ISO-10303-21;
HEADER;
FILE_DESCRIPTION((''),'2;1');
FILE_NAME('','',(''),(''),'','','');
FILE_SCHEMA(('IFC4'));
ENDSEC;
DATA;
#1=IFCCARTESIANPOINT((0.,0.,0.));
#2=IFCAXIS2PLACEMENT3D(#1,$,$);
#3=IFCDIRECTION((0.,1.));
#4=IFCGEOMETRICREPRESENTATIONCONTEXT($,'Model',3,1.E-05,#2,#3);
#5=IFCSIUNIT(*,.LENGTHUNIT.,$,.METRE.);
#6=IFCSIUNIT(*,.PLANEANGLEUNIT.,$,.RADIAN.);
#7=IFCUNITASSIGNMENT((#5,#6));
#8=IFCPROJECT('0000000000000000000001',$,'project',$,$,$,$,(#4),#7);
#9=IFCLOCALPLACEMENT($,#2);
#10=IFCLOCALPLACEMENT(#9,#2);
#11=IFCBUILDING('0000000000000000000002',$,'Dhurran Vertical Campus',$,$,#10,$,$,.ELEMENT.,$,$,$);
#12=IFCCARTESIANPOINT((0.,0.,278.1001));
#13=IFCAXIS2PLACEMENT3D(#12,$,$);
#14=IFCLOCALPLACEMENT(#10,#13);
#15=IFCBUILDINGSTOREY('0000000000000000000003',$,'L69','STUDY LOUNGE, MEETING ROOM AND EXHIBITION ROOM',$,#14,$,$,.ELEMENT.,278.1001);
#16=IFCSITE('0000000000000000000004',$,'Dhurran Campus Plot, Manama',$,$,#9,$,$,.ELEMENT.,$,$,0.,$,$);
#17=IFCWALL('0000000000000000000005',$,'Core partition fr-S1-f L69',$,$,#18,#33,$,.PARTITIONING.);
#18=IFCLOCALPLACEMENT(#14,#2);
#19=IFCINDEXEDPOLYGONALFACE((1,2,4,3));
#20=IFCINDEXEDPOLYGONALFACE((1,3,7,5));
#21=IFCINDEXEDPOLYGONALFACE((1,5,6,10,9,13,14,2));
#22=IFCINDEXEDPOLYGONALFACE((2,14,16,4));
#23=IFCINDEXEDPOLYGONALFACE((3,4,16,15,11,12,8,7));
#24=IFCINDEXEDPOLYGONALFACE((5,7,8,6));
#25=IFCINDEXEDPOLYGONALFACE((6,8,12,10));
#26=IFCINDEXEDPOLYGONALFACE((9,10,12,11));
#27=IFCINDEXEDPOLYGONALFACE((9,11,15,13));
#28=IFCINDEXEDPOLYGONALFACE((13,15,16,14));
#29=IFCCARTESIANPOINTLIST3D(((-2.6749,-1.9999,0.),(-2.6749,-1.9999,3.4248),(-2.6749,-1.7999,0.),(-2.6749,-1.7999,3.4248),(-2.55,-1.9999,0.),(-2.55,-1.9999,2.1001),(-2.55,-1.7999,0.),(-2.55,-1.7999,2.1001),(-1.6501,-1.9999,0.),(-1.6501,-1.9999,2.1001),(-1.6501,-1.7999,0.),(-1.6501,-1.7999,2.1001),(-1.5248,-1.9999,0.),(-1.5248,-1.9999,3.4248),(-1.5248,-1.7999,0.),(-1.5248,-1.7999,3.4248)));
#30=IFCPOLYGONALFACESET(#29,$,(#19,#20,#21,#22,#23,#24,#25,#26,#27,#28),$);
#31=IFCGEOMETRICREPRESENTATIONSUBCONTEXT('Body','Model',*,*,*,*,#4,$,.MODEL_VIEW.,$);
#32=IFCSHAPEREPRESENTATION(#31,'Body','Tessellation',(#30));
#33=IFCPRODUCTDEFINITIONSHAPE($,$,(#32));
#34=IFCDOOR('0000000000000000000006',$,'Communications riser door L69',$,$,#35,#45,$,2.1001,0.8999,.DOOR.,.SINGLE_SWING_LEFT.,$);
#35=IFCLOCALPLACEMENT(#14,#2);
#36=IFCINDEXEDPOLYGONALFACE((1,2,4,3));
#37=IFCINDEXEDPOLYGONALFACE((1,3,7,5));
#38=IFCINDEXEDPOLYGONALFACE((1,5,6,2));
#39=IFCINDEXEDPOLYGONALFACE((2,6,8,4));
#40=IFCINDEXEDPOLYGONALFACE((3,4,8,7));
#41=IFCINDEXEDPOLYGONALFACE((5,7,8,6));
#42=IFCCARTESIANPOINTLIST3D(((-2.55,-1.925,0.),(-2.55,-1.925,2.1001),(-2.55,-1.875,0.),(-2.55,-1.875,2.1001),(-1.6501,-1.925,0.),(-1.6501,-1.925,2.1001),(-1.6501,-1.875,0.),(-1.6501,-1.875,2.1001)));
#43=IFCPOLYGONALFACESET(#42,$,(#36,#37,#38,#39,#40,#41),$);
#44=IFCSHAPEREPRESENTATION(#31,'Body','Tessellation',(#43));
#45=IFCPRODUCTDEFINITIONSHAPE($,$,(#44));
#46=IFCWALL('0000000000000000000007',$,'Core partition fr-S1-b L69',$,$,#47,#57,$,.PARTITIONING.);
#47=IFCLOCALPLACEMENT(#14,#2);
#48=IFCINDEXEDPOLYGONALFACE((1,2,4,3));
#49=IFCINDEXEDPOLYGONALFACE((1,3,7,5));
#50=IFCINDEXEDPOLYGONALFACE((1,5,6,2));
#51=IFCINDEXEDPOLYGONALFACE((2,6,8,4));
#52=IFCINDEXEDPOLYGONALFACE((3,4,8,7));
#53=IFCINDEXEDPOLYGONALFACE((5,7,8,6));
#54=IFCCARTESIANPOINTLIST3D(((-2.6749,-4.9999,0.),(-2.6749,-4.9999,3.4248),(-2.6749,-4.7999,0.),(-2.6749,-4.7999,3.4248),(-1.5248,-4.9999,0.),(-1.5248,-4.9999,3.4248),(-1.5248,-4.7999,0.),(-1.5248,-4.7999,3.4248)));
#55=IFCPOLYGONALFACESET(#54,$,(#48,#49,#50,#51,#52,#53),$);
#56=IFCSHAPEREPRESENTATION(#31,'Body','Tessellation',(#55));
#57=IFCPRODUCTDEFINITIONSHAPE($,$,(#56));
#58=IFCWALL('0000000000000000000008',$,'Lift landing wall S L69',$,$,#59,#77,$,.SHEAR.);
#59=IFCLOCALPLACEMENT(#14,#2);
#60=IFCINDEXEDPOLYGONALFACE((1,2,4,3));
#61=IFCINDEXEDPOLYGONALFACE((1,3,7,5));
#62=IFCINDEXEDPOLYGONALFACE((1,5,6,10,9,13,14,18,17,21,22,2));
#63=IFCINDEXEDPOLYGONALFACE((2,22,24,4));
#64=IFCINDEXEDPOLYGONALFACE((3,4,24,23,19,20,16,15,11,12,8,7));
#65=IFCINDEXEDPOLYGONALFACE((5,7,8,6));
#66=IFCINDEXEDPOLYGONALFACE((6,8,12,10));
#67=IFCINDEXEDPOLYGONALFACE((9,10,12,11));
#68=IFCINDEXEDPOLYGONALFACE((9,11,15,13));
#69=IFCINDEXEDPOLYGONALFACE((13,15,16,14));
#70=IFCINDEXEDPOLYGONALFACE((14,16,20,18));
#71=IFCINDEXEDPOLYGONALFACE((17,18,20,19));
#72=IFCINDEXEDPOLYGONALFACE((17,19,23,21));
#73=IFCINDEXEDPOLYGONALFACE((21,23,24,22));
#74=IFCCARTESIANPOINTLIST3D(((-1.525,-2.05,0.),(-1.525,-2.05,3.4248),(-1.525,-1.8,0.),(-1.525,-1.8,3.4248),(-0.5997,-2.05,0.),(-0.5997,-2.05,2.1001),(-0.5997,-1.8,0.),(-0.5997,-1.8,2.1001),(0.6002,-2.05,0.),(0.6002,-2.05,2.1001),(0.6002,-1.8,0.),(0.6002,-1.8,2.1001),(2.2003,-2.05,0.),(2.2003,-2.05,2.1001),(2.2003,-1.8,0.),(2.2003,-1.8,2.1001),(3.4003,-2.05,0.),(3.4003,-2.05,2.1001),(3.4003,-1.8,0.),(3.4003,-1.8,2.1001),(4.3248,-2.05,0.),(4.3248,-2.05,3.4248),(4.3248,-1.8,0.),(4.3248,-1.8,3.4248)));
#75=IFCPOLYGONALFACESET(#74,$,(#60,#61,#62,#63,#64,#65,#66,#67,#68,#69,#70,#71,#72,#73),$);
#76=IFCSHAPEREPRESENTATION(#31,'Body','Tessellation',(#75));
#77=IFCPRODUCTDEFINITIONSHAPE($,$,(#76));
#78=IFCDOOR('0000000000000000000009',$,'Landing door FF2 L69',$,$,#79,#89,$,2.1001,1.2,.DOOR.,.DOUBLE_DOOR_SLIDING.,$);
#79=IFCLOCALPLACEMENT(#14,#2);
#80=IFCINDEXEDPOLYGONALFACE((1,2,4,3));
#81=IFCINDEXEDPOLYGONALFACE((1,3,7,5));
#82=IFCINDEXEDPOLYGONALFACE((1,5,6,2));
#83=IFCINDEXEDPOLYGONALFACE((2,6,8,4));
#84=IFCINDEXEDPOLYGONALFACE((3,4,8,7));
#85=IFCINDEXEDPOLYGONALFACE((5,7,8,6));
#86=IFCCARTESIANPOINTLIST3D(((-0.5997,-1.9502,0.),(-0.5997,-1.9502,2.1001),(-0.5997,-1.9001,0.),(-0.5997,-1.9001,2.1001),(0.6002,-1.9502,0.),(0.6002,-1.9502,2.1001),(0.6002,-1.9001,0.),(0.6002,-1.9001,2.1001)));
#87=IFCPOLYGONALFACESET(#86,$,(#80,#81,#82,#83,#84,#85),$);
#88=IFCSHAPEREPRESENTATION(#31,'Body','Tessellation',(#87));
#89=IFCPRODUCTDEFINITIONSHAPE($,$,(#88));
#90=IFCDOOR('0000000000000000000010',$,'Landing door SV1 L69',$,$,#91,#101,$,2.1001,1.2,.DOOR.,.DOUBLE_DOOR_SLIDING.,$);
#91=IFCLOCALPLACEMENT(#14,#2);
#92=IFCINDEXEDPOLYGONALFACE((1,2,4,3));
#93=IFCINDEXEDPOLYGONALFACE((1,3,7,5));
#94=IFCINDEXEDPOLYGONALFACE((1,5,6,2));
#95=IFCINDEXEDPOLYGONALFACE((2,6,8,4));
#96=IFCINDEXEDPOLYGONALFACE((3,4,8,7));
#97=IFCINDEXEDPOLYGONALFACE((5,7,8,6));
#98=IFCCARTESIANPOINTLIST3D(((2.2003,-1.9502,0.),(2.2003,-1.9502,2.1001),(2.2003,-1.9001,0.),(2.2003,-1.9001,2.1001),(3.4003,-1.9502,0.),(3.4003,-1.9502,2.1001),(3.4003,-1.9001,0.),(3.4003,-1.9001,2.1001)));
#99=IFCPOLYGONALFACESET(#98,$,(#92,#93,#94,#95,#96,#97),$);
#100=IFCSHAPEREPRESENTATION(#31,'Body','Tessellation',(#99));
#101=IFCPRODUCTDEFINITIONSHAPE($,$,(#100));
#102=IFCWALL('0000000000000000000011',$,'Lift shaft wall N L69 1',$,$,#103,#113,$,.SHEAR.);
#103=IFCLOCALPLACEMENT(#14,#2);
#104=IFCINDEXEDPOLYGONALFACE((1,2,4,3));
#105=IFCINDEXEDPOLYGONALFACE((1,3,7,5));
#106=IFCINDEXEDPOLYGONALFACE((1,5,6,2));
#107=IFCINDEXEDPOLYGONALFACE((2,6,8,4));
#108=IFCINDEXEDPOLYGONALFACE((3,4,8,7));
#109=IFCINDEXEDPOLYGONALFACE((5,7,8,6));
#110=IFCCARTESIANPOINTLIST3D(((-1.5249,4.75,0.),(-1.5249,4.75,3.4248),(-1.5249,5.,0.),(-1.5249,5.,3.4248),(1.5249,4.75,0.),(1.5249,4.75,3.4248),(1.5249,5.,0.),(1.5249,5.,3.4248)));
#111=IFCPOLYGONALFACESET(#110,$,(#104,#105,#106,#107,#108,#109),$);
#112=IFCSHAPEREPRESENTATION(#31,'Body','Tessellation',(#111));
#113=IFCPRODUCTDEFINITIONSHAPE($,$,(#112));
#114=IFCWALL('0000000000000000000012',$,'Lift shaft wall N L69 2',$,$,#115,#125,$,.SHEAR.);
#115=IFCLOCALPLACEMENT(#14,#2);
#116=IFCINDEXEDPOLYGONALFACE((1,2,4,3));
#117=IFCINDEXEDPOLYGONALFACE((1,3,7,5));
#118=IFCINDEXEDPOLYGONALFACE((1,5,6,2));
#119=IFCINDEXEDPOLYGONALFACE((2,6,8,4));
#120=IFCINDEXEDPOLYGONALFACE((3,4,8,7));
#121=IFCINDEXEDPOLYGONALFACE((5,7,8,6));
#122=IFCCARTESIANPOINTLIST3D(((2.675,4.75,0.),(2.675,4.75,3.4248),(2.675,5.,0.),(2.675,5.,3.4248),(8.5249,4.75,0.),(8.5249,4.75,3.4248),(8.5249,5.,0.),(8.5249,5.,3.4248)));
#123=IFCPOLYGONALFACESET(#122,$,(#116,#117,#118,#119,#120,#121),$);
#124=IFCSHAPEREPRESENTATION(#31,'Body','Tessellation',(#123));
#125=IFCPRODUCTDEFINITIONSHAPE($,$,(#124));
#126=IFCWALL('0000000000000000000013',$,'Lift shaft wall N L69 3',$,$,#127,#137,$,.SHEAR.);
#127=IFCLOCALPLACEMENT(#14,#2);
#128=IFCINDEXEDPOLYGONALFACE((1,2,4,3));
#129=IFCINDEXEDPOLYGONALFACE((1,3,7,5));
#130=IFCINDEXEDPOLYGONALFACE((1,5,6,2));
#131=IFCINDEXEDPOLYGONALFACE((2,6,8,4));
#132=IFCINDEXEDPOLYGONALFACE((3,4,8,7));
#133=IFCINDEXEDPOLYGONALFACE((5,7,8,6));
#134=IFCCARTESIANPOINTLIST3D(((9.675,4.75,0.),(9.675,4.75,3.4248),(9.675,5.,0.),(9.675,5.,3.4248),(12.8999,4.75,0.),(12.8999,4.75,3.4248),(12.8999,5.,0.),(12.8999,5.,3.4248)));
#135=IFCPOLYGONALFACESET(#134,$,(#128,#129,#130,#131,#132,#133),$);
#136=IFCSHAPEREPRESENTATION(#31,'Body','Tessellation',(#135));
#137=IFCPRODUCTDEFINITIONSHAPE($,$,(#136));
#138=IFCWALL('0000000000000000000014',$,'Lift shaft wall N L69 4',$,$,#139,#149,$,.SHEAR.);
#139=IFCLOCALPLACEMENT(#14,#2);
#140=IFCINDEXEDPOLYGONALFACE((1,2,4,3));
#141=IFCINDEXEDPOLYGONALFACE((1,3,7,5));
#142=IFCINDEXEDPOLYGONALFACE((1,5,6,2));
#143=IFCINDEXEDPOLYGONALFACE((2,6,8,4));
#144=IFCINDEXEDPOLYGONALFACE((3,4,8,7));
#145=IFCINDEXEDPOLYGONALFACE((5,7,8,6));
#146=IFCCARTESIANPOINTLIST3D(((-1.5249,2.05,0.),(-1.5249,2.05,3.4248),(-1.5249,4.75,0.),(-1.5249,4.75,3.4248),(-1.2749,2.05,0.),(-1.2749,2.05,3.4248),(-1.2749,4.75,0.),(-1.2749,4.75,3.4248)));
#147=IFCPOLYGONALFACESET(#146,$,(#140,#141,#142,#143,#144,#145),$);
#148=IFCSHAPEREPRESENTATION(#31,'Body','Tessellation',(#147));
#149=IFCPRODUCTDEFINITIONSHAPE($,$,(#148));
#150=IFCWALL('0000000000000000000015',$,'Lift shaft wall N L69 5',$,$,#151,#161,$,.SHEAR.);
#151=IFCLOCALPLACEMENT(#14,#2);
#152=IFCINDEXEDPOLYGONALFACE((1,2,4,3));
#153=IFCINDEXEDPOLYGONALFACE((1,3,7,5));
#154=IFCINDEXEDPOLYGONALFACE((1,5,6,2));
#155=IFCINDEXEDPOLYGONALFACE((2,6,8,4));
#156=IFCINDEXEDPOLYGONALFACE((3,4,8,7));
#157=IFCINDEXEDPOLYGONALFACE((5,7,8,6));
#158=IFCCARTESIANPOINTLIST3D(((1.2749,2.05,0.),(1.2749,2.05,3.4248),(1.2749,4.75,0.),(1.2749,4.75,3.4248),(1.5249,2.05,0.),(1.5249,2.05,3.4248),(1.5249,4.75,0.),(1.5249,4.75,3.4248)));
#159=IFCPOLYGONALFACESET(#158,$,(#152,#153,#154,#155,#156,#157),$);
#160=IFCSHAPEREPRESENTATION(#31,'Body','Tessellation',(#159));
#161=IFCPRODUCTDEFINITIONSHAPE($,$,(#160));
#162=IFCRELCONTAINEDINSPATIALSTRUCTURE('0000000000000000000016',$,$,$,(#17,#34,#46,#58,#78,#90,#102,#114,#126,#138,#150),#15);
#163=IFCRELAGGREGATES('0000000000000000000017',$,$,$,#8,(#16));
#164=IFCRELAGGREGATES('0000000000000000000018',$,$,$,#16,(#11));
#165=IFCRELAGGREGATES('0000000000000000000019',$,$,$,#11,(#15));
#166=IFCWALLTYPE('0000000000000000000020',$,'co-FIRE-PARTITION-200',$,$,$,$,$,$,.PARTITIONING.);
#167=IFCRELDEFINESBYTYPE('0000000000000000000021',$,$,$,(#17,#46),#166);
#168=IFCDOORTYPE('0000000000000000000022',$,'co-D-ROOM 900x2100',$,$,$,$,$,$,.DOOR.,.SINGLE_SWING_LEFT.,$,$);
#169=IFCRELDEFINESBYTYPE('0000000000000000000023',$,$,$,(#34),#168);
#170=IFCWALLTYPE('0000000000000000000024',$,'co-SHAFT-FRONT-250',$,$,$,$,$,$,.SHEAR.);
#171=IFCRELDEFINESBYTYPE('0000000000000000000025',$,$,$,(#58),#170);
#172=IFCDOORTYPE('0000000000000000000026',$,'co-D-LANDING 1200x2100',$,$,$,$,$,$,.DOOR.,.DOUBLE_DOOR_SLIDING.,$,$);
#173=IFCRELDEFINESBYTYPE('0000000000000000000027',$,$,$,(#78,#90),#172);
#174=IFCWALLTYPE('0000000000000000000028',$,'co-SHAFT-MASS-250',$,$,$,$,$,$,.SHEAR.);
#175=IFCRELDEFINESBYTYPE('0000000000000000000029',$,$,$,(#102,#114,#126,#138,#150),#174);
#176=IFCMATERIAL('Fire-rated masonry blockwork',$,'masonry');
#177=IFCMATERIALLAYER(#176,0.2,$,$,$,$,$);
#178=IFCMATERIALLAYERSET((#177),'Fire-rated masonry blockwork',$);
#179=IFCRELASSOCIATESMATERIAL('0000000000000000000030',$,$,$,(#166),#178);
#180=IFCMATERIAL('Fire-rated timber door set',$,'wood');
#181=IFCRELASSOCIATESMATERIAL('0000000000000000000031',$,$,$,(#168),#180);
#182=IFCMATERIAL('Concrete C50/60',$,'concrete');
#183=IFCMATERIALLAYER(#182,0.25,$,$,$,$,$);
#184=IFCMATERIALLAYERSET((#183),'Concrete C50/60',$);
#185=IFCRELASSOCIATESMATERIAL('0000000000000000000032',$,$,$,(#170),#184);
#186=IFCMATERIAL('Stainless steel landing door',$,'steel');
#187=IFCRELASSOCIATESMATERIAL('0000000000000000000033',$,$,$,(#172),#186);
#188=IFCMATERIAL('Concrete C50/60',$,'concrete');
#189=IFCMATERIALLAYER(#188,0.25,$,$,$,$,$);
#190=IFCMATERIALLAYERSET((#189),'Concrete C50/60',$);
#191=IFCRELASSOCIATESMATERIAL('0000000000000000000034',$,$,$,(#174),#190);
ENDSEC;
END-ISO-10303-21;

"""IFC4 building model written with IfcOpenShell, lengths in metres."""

from ifc_helpers import new_model, si_unit, direction, frame, frame_2d, origin, place, context, subcontext, project, spatial, polyline, rectangle, outline, extrude, material, layer, layer_set, type_object, element, fill, save


model = new_model("IFC4")

# Units and contexts
model_context = context("Model", 3, precision=1e-05, world=origin(), true_north=direction((0.0, 1.0)))
body_context = subcontext(model_context, "Body", "Model", "MODEL_VIEW")
ifc_project = project(units=[si_unit("LENGTHUNIT", "METRE"), si_unit("PLANEANGLEUNIT", "RADIAN")], contexts=[model_context])

# Site, building, storey
site_placement = place(None, origin())
site = spatial("IfcSite", under=ifc_project, at=site_placement, Name="Dhurran Campus Plot, Manama", CompositionType="ELEMENT", RefElevation=0.0)
building_placement = place(site_placement, origin())
building = spatial("IfcBuilding", under=site, at=building_placement, Name="Dhurran Vertical Campus", CompositionType="ELEMENT")
storey_placement = place(building_placement, frame((0.0, 0.0, 278.1001)))
storey = spatial("IfcBuildingStorey", under=building, at=storey_placement, Name="L69", Description="STUDY LOUNGE, MEETING ROOM AND EXHIBITION ROOM", CompositionType="ELEMENT", Elevation=278.1001)

# Shared definitions
ifc_material_1 = material(Name="Fire-rated masonry blockwork", Category="masonry")
ifc_layer_1 = layer(ifc_material_1, 0.2)
ifc_layer_set_1 = layer_set([ifc_layer_1], Name="Fire-rated masonry blockwork")
wall_type_1 = type_object("IfcWallType", Name="co-FIRE-PARTITION-200", PredefinedType="PARTITIONING", material=ifc_layer_set_1)

# Wall, opening, door
wall_1_placement = place(storey_placement, frame((-2.675, -1.8999, 0.0), z_axis=(0.0, 0.0, 1.0), x_axis=(1.0, 0.0, 0.0)))
wall_1 = element("IfcWall", 1, at=wall_1_placement, inside=storey, type_object=wall_type_1, Name="Core partition fr-S1-f L69", PredefinedType="PARTITIONING", context=body_context, shape_type="SweptSolid", body=[
    extrude(rectangle(XDim=1.1501, YDim=0.2, at=frame_2d((0.5752, 0.0))), origin(), (0.0, 0.0, 1.0), 3.4248),
])
opening_1_placement = place(wall_1_placement, frame((0.125, 0.0, 0.0)))
opening_1 = element("IfcOpeningElement", 2, at=opening_1_placement, cuts=wall_1, PredefinedType="OPENING", context=body_context, shape_type="SweptSolid", body=[
    extrude(rectangle(XDim=0.8999, YDim=2.1001, at=frame_2d((0.45, 1.05))), frame((0.0, 0.1099, 0.0), z_axis=(0.0, -1.0, 0.0), x_axis=(1.0, 0.0, 0.0)), (0.0, 0.0, 1.0), 0.22),
])
ifc_material_2 = material(Name="Fire-rated timber door set", Category="wood")
door_type_1 = type_object("IfcDoorType", Name="co-D-ROOM 900x2100", OperationType="SINGLE_SWING_LEFT", PredefinedType="DOOR", material=ifc_material_2)
door_1_placement = place(opening_1_placement, origin())
door_1 = element("IfcDoor", 3, at=door_1_placement, inside=storey, type_object=door_type_1, Name="Communications riser door L69", OperationType="SINGLE_SWING_LEFT", OverallHeight=2.1001, OverallWidth=0.8999, PredefinedType="DOOR", context=body_context, shape_type="SweptSolid", body=[
    extrude(rectangle(XDim=0.8999, YDim=2.1001, at=frame_2d((0.45, 1.05))), frame((0.0, 0.0249, 0.0), z_axis=(0.0, -1.0, 0.0), x_axis=(1.0, 0.0, 0.0)), (0.0, 0.0, 1.0), 0.05),
])
fill(opening_1, door_1)

# Wall
wall_2_placement = place(storey_placement, frame((-2.675, -4.8999, 0.0), z_axis=(0.0, 0.0, 1.0), x_axis=(1.0, 0.0, 0.0)))
element("IfcWall", 4, at=wall_2_placement, inside=storey, type_object=wall_type_1, Name="Core partition fr-S1-b L69", PredefinedType="PARTITIONING", context=body_context, shape_type="SweptSolid", body=[
    extrude(rectangle(XDim=1.1501, YDim=0.2, at=frame_2d((0.5752, 0.0))), origin(), (0.0, 0.0, 1.0), 3.4248),
])

# Wall, openings, doors
ifc_material_3 = material(Name="Concrete C50/60", Category="concrete")
ifc_layer_2 = layer(ifc_material_3, 0.25)
ifc_layer_set_2 = layer_set([ifc_layer_2], Name="Concrete C50/60")
wall_type_2 = type_object("IfcWallType", Name="co-SHAFT-FRONT-250", PredefinedType="SHEAR", material=ifc_layer_set_2)
wall_3_placement = place(storey_placement, frame((-1.5249, -1.925, 0.0), z_axis=(0.0, 0.0, 1.0), x_axis=(1.0, 0.0, 0.0)))
wall_3 = element("IfcWall", 5, at=wall_3_placement, inside=storey, type_object=wall_type_2, Name="Lift landing wall S L69", PredefinedType="SHEAR", context=body_context, shape_type="SweptSolid", body=[
    extrude(rectangle(XDim=5.8499, YDim=0.25, at=frame_2d((2.9248, 0.0))), origin(), (0.0, 0.0, 1.0), 3.4248),
])
opening_2_placement = place(wall_3_placement, frame((0.925, 0.0, 0.0)))
opening_2 = element("IfcOpeningElement", 6, at=opening_2_placement, cuts=wall_3, PredefinedType="OPENING", context=body_context, shape_type="SweptSolid", body=[
    extrude(rectangle(XDim=1.2, YDim=2.1001, at=frame_2d((0.6001, 1.05))), frame((0.0, 0.135, 0.0), z_axis=(0.0, -1.0, 0.0), x_axis=(1.0, 0.0, 0.0)), (0.0, 0.0, 1.0), 0.27),
])
opening_3_placement = place(wall_3_placement, frame((3.7251, 0.0, 0.0)))
opening_3 = element("IfcOpeningElement", 7, at=opening_3_placement, cuts=wall_3, PredefinedType="OPENING", context=body_context, shape_type="SweptSolid", body=[
    extrude(rectangle(XDim=1.2, YDim=2.1001, at=frame_2d((0.6001, 1.05))), frame((0.0, 0.135, 0.0), z_axis=(0.0, -1.0, 0.0), x_axis=(1.0, 0.0, 0.0)), (0.0, 0.0, 1.0), 0.27),
])
ifc_material_4 = material(Name="Stainless steel landing door", Category="steel")
door_type_2 = type_object("IfcDoorType", Name="co-D-LANDING 1200x2100", OperationType="DOUBLE_DOOR_SLIDING", PredefinedType="DOOR", material=ifc_material_4)
door_2_placement = place(opening_2_placement, origin())
door_2 = element("IfcDoor", 8, at=door_2_placement, inside=storey, type_object=door_type_2, Name="Landing door FF2 L69", OperationType="DOUBLE_DOOR_SLIDING", OverallHeight=2.1001, OverallWidth=1.2, PredefinedType="DOOR", context=body_context, shape_type="SweptSolid", body=[
    extrude(rectangle(XDim=1.2, YDim=2.1001, at=frame_2d((0.6001, 1.05))), frame((0.0, 0.0249, 0.0), z_axis=(0.0, -1.0, 0.0), x_axis=(1.0, 0.0, 0.0)), (0.0, 0.0, 1.0), 0.05),
])
fill(opening_2, door_2)
door_3_placement = place(opening_3_placement, origin())
door_3 = element("IfcDoor", 9, at=door_3_placement, inside=storey, type_object=door_type_2, Name="Landing door SV1 L69", OperationType="DOUBLE_DOOR_SLIDING", OverallHeight=2.1001, OverallWidth=1.2, PredefinedType="DOOR", context=body_context, shape_type="SweptSolid", body=[
    extrude(rectangle(XDim=1.2, YDim=2.1001, at=frame_2d((0.6001, 1.05))), frame((0.0, 0.0249, 0.0), z_axis=(0.0, -1.0, 0.0), x_axis=(1.0, 0.0, 0.0)), (0.0, 0.0, 1.0), 0.05),
])
fill(opening_3, door_3)

# Walls
ifc_material_5 = material(Name="Concrete C50/60", Category="concrete")
ifc_layer_3 = layer(ifc_material_5, 0.25)
ifc_layer_set_3 = layer_set([ifc_layer_3], Name="Concrete C50/60")
wall_type_3 = type_object("IfcWallType", Name="co-SHAFT-MASS-250", PredefinedType="SHEAR", material=ifc_layer_set_3)
wall_4_placement = place(storey_placement, origin())
element("IfcWall", 10, at=wall_4_placement, inside=storey, type_object=wall_type_3, Name="Lift shaft wall N L69 1", PredefinedType="SHEAR", context=body_context, shape_type="SweptSolid", body=[
    extrude(outline(polyline([(-1.5249, 4.75), (1.5249, 4.75), (1.5249, 5.0), (-1.5249, 5.0), (-1.5249, 4.75)])), origin(), (0.0, 0.0, 1.0), 3.4248),
])
wall_5_placement = place(storey_placement, origin())
element("IfcWall", 11, at=wall_5_placement, inside=storey, type_object=wall_type_3, Name="Lift shaft wall N L69 2", PredefinedType="SHEAR", context=body_context, shape_type="SweptSolid", body=[
    extrude(outline(polyline([(2.675, 4.75), (8.5249, 4.75), (8.5249, 5.0), (2.675, 5.0), (2.675, 4.75)])), origin(), (0.0, 0.0, 1.0), 3.4248),
])
wall_6_placement = place(storey_placement, origin())
element("IfcWall", 12, at=wall_6_placement, inside=storey, type_object=wall_type_3, Name="Lift shaft wall N L69 3", PredefinedType="SHEAR", context=body_context, shape_type="SweptSolid", body=[
    extrude(outline(polyline([(9.675, 4.75), (12.8999, 4.75), (12.8999, 5.0), (9.675, 5.0), (9.675, 4.75)])), origin(), (0.0, 0.0, 1.0), 3.4248),
])
wall_7_placement = place(storey_placement, origin())
element("IfcWall", 13, at=wall_7_placement, inside=storey, type_object=wall_type_3, Name="Lift shaft wall N L69 4", PredefinedType="SHEAR", context=body_context, shape_type="SweptSolid", body=[
    extrude(outline(polyline([(-1.5249, 2.05), (-1.2749, 2.05), (-1.2749, 4.75), (-1.5249, 4.75), (-1.5249, 2.05)])), origin(), (0.0, 0.0, 1.0), 3.4248),
])
wall_8_placement = place(storey_placement, origin())
element("IfcWall", 14, at=wall_8_placement, inside=storey, type_object=wall_type_3, Name="Lift shaft wall N L69 5", PredefinedType="SHEAR", context=body_context, shape_type="SweptSolid", body=[
    extrude(outline(polyline([(1.2749, 2.05), (1.5249, 2.05), (1.5249, 4.75), (1.2749, 4.75), (1.2749, 2.05)])), origin(), (0.0, 0.0, 1.0), 3.4248),
])

save(model, "model.ifc")
